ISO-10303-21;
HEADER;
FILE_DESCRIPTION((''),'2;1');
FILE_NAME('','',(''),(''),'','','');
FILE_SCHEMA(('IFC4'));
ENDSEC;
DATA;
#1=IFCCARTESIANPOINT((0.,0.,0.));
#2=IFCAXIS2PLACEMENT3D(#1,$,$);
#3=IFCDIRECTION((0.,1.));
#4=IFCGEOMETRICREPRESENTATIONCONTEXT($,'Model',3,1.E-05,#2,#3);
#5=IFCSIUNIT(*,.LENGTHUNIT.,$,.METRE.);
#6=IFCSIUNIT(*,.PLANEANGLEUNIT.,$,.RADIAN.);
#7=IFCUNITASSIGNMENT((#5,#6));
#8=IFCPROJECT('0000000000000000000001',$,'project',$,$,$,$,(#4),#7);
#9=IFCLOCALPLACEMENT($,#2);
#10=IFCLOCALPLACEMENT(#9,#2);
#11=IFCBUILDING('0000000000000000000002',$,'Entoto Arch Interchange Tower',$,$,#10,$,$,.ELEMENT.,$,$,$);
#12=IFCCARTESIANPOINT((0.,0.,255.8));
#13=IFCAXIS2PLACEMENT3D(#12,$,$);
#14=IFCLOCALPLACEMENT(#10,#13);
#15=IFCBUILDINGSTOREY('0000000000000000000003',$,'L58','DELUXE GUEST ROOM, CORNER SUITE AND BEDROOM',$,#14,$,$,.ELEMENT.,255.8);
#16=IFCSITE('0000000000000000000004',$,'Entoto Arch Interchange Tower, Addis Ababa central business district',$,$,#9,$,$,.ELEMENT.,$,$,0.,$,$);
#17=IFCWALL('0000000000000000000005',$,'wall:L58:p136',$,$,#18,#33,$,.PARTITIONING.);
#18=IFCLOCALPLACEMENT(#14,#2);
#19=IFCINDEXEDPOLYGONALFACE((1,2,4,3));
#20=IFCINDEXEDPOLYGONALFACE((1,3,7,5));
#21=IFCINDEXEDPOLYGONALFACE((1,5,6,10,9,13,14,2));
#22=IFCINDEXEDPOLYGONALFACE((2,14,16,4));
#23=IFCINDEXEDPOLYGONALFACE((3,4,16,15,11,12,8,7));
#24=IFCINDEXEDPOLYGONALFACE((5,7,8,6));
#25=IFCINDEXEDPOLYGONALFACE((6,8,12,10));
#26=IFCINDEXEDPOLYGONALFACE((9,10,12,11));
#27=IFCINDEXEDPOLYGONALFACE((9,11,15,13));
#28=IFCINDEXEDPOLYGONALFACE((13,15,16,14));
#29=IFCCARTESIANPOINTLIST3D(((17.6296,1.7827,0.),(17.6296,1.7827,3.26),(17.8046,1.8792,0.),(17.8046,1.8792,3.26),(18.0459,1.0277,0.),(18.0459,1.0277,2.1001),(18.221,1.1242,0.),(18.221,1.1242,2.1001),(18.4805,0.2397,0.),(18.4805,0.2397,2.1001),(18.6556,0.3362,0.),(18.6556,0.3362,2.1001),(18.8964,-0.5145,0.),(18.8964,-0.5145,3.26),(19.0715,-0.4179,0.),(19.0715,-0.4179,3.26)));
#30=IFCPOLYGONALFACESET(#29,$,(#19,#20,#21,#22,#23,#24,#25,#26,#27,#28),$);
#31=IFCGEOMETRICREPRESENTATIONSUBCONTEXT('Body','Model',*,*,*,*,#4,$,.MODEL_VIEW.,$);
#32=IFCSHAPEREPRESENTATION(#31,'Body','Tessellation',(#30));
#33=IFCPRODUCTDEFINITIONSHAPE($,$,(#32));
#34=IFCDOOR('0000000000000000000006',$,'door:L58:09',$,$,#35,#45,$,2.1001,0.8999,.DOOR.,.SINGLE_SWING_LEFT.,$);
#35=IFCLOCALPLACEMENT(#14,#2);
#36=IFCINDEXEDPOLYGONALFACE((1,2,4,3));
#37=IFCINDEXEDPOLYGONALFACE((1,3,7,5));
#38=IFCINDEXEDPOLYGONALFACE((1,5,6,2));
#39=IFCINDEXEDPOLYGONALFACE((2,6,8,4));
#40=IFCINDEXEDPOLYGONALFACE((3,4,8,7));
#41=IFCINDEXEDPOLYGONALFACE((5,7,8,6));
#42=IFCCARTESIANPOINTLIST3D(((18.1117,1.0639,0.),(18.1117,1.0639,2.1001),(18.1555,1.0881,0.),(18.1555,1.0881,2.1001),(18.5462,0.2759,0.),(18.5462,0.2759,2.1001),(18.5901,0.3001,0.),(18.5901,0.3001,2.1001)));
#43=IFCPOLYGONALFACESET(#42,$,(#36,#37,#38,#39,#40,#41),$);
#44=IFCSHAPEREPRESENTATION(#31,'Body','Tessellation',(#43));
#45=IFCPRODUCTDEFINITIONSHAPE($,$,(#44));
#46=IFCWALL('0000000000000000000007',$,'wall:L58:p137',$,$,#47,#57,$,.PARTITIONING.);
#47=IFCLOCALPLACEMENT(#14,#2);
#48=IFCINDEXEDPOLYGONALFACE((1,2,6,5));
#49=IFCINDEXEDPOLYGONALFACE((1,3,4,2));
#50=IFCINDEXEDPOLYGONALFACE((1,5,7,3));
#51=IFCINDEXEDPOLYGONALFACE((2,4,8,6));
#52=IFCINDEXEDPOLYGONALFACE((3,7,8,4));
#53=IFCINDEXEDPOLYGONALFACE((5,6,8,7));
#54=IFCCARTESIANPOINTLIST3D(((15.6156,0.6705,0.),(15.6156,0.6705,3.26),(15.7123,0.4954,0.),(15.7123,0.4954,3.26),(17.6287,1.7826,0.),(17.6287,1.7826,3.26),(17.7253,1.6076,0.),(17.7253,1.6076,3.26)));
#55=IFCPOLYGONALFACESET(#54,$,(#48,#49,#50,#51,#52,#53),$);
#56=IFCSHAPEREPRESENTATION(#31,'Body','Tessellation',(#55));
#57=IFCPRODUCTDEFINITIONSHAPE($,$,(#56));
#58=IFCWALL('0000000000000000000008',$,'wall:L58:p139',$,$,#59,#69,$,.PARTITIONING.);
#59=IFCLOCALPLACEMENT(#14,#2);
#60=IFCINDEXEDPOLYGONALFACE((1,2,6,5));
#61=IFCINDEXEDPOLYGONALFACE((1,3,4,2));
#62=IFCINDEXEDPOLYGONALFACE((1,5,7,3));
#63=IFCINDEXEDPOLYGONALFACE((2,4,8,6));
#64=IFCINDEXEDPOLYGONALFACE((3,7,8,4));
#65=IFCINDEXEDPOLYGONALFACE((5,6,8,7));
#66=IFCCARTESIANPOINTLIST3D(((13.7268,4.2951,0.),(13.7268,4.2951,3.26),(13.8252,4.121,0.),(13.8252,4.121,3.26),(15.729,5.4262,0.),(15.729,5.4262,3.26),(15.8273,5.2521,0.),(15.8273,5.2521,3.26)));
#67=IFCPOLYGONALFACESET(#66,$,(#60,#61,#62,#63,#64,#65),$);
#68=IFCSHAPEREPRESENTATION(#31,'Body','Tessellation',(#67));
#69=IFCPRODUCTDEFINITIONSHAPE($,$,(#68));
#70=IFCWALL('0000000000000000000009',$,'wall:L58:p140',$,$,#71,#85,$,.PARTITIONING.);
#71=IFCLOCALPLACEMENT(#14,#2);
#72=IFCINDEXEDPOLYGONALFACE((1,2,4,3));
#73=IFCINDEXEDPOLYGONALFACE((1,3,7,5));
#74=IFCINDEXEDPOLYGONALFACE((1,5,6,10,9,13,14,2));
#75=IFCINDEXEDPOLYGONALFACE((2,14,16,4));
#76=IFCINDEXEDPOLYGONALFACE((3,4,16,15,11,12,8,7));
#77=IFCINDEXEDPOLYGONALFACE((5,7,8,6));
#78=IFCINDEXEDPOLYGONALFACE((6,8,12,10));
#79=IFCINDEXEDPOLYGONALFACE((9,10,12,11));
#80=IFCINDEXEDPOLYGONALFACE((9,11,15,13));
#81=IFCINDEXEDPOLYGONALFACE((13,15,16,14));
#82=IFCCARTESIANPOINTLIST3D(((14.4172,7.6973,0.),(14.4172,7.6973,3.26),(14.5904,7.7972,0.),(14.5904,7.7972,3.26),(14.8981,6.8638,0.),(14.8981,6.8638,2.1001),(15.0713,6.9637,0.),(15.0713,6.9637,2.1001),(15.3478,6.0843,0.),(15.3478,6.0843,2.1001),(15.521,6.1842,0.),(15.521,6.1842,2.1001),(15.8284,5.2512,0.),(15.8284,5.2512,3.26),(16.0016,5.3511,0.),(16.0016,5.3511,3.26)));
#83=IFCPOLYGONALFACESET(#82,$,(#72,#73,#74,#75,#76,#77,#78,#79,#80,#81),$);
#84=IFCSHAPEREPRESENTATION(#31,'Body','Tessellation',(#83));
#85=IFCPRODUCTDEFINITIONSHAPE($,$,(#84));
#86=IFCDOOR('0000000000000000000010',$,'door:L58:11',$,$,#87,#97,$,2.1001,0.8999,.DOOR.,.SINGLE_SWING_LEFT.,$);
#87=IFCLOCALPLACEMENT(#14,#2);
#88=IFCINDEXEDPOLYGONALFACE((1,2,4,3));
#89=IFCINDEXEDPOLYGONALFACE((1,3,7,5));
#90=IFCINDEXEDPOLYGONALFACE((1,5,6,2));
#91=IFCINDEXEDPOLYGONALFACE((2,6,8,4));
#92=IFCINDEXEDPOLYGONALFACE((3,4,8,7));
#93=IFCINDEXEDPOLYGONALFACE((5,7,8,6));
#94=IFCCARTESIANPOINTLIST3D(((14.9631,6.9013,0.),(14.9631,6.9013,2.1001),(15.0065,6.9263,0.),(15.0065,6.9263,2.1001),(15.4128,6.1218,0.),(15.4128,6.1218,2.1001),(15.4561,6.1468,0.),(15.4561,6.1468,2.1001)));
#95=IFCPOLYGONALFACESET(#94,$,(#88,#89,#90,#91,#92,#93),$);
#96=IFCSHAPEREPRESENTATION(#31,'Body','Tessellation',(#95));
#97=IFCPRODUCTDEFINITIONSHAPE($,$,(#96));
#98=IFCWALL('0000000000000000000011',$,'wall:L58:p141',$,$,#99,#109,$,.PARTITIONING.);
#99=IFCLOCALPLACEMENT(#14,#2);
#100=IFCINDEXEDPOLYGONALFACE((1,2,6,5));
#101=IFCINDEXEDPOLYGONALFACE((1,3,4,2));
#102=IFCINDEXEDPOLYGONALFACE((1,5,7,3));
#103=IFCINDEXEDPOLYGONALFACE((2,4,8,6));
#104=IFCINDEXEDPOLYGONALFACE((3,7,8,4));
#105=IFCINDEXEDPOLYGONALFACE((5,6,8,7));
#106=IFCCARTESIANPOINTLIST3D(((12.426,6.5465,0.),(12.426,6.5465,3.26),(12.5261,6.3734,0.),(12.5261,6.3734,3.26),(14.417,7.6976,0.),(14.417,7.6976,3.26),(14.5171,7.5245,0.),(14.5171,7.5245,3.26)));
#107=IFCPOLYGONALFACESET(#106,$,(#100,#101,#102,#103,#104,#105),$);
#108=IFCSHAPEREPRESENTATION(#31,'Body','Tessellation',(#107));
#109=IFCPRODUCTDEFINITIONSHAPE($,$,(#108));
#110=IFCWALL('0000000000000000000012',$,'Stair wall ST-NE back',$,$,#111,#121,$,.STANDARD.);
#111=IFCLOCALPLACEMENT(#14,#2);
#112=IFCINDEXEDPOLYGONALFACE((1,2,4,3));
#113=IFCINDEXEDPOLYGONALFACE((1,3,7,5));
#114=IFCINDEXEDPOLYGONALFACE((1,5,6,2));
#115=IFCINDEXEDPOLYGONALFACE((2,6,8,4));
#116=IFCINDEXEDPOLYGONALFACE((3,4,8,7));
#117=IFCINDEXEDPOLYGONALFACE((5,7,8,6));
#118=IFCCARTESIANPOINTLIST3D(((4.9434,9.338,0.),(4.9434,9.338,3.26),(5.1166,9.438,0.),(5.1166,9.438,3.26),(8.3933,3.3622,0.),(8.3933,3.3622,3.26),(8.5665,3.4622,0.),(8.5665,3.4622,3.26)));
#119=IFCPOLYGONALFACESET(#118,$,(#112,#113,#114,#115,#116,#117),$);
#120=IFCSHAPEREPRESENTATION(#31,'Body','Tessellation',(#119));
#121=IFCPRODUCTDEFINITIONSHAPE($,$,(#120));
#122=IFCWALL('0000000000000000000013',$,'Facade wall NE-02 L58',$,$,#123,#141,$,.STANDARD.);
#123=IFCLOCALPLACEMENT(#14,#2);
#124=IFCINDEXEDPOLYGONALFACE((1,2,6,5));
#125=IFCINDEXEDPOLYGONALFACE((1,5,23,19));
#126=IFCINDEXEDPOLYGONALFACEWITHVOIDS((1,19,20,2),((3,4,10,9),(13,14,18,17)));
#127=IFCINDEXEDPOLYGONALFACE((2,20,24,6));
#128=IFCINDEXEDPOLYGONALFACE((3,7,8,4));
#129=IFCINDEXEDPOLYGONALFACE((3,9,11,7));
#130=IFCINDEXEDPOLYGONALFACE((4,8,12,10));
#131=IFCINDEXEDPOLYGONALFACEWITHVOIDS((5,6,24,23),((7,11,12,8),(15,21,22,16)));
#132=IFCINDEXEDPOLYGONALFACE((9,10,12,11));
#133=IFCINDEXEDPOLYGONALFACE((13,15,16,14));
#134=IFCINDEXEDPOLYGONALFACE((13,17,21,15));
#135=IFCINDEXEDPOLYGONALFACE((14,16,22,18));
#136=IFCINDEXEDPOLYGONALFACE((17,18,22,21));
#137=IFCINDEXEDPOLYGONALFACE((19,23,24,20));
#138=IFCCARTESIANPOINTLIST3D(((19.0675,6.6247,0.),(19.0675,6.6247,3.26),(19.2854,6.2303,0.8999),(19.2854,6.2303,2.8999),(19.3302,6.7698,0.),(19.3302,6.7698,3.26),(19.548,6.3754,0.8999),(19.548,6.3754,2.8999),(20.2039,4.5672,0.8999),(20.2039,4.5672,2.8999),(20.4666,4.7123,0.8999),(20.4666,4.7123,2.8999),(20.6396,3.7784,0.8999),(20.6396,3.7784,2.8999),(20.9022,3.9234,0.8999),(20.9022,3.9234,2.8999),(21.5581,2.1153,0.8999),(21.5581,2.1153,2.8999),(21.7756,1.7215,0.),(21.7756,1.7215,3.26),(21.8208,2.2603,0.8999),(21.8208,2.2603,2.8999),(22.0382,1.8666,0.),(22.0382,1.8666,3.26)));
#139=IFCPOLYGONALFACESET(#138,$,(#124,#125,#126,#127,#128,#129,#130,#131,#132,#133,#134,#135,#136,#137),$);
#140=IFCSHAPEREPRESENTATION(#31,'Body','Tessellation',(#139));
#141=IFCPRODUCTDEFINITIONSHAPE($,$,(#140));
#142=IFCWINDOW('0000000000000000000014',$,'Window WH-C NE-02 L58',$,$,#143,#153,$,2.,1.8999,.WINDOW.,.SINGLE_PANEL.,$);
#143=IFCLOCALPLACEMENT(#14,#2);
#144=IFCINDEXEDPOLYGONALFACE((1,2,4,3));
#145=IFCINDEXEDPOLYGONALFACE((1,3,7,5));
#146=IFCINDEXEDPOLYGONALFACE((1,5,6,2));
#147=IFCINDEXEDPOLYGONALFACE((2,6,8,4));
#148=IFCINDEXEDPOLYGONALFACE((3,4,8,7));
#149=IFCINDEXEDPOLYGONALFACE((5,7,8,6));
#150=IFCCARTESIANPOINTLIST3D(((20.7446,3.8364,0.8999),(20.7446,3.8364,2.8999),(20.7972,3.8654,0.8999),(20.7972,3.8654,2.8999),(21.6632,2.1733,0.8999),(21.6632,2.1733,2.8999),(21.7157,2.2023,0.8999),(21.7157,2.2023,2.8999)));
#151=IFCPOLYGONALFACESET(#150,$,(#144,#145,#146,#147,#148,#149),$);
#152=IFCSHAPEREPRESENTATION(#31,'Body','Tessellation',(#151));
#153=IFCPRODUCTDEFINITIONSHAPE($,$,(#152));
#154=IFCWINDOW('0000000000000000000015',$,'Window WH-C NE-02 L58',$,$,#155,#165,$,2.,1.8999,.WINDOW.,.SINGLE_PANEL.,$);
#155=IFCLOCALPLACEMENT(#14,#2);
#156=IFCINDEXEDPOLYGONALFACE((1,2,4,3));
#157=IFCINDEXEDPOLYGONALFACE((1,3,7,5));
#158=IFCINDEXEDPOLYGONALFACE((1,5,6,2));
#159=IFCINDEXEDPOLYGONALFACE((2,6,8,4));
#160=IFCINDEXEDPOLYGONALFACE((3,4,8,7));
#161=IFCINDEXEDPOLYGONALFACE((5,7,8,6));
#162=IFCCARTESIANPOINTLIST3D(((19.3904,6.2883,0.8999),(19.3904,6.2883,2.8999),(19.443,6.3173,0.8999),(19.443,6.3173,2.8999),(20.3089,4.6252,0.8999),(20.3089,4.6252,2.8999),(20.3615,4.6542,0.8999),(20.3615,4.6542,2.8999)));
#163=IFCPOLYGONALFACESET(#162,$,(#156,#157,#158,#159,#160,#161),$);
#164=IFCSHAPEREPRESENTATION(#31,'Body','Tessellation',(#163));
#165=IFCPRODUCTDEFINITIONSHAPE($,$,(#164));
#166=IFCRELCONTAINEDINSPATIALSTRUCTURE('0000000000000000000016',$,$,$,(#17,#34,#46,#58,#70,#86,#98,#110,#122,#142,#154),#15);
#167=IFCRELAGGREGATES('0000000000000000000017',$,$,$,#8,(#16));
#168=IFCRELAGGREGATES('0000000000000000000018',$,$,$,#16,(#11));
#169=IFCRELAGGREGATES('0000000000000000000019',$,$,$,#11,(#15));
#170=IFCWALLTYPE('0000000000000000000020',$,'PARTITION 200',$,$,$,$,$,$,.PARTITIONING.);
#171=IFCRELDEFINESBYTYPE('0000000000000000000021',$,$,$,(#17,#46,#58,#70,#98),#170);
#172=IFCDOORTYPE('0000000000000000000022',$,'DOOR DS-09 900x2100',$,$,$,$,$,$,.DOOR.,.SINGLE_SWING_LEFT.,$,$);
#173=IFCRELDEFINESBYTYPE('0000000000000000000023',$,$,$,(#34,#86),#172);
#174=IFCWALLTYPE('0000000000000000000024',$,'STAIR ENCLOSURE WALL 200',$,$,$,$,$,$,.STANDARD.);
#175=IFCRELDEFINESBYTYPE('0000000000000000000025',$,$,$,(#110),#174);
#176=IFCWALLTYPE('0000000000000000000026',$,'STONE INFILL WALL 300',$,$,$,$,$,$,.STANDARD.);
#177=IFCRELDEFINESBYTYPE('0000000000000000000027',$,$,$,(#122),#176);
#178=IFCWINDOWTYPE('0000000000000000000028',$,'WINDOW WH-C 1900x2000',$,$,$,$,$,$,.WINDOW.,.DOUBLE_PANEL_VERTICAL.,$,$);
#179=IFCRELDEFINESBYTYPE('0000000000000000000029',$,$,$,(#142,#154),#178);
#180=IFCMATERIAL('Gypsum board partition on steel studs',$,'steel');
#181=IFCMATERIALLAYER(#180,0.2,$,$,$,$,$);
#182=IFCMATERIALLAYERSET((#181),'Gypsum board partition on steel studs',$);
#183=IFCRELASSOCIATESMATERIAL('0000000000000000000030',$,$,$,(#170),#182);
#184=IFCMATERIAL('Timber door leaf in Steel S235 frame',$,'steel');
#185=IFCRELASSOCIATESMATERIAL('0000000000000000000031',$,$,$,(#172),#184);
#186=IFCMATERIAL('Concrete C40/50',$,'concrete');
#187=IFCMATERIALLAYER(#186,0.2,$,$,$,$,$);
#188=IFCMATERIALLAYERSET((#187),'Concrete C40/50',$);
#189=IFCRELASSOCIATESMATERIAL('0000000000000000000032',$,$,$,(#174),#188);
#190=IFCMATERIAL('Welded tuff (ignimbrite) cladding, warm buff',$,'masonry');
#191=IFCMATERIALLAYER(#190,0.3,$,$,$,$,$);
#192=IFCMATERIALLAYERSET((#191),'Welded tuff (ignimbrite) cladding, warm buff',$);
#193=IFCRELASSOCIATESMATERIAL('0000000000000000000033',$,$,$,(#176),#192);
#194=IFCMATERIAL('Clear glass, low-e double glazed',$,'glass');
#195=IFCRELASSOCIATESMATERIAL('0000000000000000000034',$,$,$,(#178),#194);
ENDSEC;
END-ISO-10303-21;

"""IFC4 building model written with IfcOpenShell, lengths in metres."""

from ifc_helpers import new_model, si_unit, direction, frame, frame_2d, origin, place, context, subcontext, project, spatial, rectangle, extrude, material, layer, layer_set, type_object, element, fill, save


model = new_model("IFC4")

# Units and contexts
model_context = context("Model", 3, precision=1e-05, world=origin(), true_north=direction((0.0, 1.0)))
body_context = subcontext(model_context, "Body", "Model", "MODEL_VIEW")
ifc_project = project(units=[si_unit("LENGTHUNIT", "METRE"), si_unit("PLANEANGLEUNIT", "RADIAN")], contexts=[model_context])

# Site, building, storey
site_placement = place(None, origin())
site = spatial("IfcSite", under=ifc_project, at=site_placement, Name="Entoto Arch Interchange Tower, Addis Ababa central business district", CompositionType="ELEMENT", RefElevation=0.0)
building_placement = place(site_placement, origin())
building = spatial("IfcBuilding", under=site, at=building_placement, Name="Entoto Arch Interchange Tower", CompositionType="ELEMENT")
storey_placement = place(building_placement, frame((0.0, 0.0, 255.8)))
storey = spatial("IfcBuildingStorey", under=building, at=storey_placement, Name="L58", Description="DELUXE GUEST ROOM, CORNER SUITE AND BEDROOM", CompositionType="ELEMENT", Elevation=255.8)

# Shared definitions
ifc_material_1 = material(Name="Concrete C40/50", Category="concrete")

# Shared definitions
ifc_material_2 = material(Name="Gypsum board partition on steel studs", Category="steel")

# Shared definitions
ifc_layer_1 = layer(ifc_material_2, 0.2)
ifc_layer_set_1 = layer_set([ifc_layer_1], Name="Gypsum board partition on steel studs")
wall_type_1 = type_object("IfcWallType", Name="PARTITION 200", PredefinedType="PARTITIONING", material=ifc_layer_set_1)
ifc_material_3 = material(Name="Timber door leaf in Steel S235 frame", Category="steel")

# Wall, opening, door
wall_1_placement = place(storey_placement, frame((18.9839, -0.4661, 0.0), z_axis=(0.0, 0.0, 1.0), x_axis=(-0.482922, 0.875663, 0.0)))
wall_1 = element("IfcWall", 1, at=wall_1_placement, inside=storey, type_object=wall_type_1, Name="wall:L58:p136", PredefinedType="PARTITIONING", context=body_context, shape_type="SweptSolid", body=[
    extrude(rectangle(XDim=2.6233, YDim=0.2, at=frame_2d((1.3115, 0.0))), origin(), (0.0, 0.0, 1.0), 3.26),
])
opening_1_placement = place(wall_1_placement, frame((0.8611, 0.0, 0.0)))
opening_1 = element("IfcOpeningElement", 2, at=opening_1_placement, cuts=wall_1, PredefinedType="OPENING", context=body_context, shape_type="SweptSolid", body=[
    extrude(rectangle(XDim=0.8999, YDim=2.1001, at=frame_2d((0.45, 1.05))), frame((0.0, 0.1099, 0.0), z_axis=(0.0, -1.0, 0.0), x_axis=(1.0, 0.0, 0.0)), (0.0, 0.0, 1.0), 0.22),
])
door_type_1 = type_object("IfcDoorType", Name="DOOR DS-09 900x2100", OperationType="SINGLE_SWING_LEFT", PredefinedType="DOOR", material=ifc_material_3)
door_1_placement = place(opening_1_placement, origin())
door_1 = element("IfcDoor", 3, at=door_1_placement, inside=storey, type_object=door_type_1, Name="door:L58:09", OperationType="SINGLE_SWING_LEFT", OverallHeight=2.1001, OverallWidth=0.8999, PredefinedType="DOOR", context=body_context, shape_type="SweptSolid", body=[
    extrude(rectangle(XDim=0.8999, YDim=2.1001, at=frame_2d((0.45, 1.05))), frame((0.0, 0.0249, 0.0), z_axis=(0.0, -1.0, 0.0), x_axis=(1.0, 0.0, 0.0)), (0.0, 0.0, 1.0), 0.05),
])
fill(opening_1, door_1)

# Walls
wall_2_placement = place(storey_placement, frame((17.677, 1.6951, 0.0), z_axis=(0.0, 0.0, 1.0), x_axis=(-0.875307, -0.483568, 0.0)))
element("IfcWall", 4, at=wall_2_placement, inside=storey, type_object=wall_type_1, Name="wall:L58:p137", PredefinedType="PARTITIONING", context=body_context, shape_type="SweptSolid", body=[
    extrude(rectangle(XDim=2.2998, YDim=0.2, at=frame_2d((1.1499, 0.0))), origin(), (0.0, 0.0, 1.0), 3.26),
])
wall_3_placement = place(storey_placement, frame((13.7759, 4.208, 0.0), z_axis=(0.0, 0.0, 1.0), x_axis=(0.87067, 0.491868, 0.0)))
element("IfcWall", 5, at=wall_3_placement, inside=storey, type_object=wall_type_1, Name="wall:L58:p139", PredefinedType="PARTITIONING", context=body_context, shape_type="SweptSolid", body=[
    extrude(rectangle(XDim=2.2996, YDim=0.2, at=frame_2d((1.1499, 0.0))), origin(), (0.0, 0.0, 1.0), 3.26),
])

# Wall, opening, door
wall_4_placement = place(storey_placement, frame((15.915, 5.301, 0.0), z_axis=(0.0, 0.0, 1.0), x_axis=(-0.49971, 0.866193, 0.0)))
wall_4 = element("IfcWall", 6, at=wall_4_placement, inside=storey, type_object=wall_type_1, Name="wall:L58:p140", PredefinedType="PARTITIONING", context=body_context, shape_type="SweptSolid", body=[
    extrude(rectangle(XDim=2.824, YDim=0.2, at=frame_2d((1.4121, 0.0))), origin(), (0.0, 0.0, 1.0), 3.26),
])
opening_2_placement = place(wall_4_placement, frame((0.9619, 0.0, 0.0)))
opening_2 = element("IfcOpeningElement", 7, at=opening_2_placement, cuts=wall_4, PredefinedType="OPENING", context=body_context, shape_type="SweptSolid", body=[
    extrude(rectangle(XDim=0.8999, YDim=2.1001, at=frame_2d((0.45, 1.05))), frame((0.0, 0.1099, 0.0), z_axis=(0.0, -1.0, 0.0), x_axis=(1.0, 0.0, 0.0)), (0.0, 0.0, 1.0), 0.22),
])
door_2_placement = place(opening_2_placement, origin())
door_2 = element("IfcDoor", 8, at=door_2_placement, inside=storey, type_object=door_type_1, Name="door:L58:11", OperationType="SINGLE_SWING_LEFT", OverallHeight=2.1001, OverallWidth=0.8999, PredefinedType="DOOR", context=body_context, shape_type="SweptSolid", body=[
    extrude(rectangle(XDim=0.8999, YDim=2.1001, at=frame_2d((0.45, 1.05))), frame((0.0, 0.0249, 0.0), z_axis=(0.0, -1.0, 0.0), x_axis=(1.0, 0.0, 0.0)), (0.0, 0.0, 1.0), 0.05),
])
fill(opening_2, door_2)

# Walls
wall_5_placement = place(storey_placement, frame((14.467, 7.6111, 0.0), z_axis=(0.0, 0.0, 1.0), x_axis=(-0.865717, -0.500534, 0.0)))
element("IfcWall", 9, at=wall_5_placement, inside=storey, type_object=wall_type_1, Name="wall:L58:p141", PredefinedType="PARTITIONING", context=body_context, shape_type="SweptSolid", body=[
    extrude(rectangle(XDim=2.2998, YDim=0.2, at=frame_2d((1.1499, 0.0))), origin(), (0.0, 0.0, 1.0), 3.26),
])
ifc_layer_2 = layer(ifc_material_1, 0.2)
ifc_layer_set_2 = layer_set([ifc_layer_2], Name="Concrete C40/50")
wall_type_2 = type_object("IfcWallType", Name="STAIR ENCLOSURE WALL 200", PredefinedType="STANDARD", material=ifc_layer_set_2)
wall_6_placement = place(storey_placement, frame((8.48, 3.4121, 0.0), z_axis=(0.0, 0.0, 1.0), x_axis=(-0.499979, 0.866038, 0.0)))
element("IfcWall", 10, at=wall_6_placement, inside=storey, type_object=wall_type_2, Name="Stair wall ST-NE back", PredefinedType="STANDARD", context=body_context, shape_type="SweptSolid", body=[
    extrude(rectangle(XDim=6.9001, YDim=0.2, at=frame_2d((3.4502, 0.0))), origin(), (0.0, 0.0, 1.0), 3.26),
])

# Wall, openings, windows
ifc_material_4 = material(Name="Welded tuff (ignimbrite) cladding, warm buff", Category="masonry")
ifc_layer_3 = layer(ifc_material_4, 0.3)
ifc_layer_set_3 = layer_set([ifc_layer_3], Name="Welded tuff (ignimbrite) cladding, warm buff")
wall_type_3 = type_object("IfcWallType", Name="STONE INFILL WALL 300", PredefinedType="STANDARD", material=ifc_layer_set_3)
wall_7_placement = place(storey_placement, frame((21.907, 1.7939, 0.0), z_axis=(0.0, 0.0, 1.0), x_axis=(-0.483469, 0.875361, 0.0)))
wall_7 = element("IfcWall", 11, at=wall_7_placement, inside=storey, type_object=wall_type_3, Name="Facade wall NE-02 L58", PredefinedType="STANDARD", context=body_context, shape_type="SweptSolid", body=[
    extrude(rectangle(XDim=5.6013, YDim=0.3, at=frame_2d((2.8008, 0.0))), origin(), (0.0, 0.0, 1.0), 3.26),
])
opening_3_placement = place(wall_7_placement, frame((0.45, 0.0, 0.8999)))
opening_3 = element("IfcOpeningElement", 12, at=opening_3_placement, cuts=wall_7, PredefinedType="OPENING", context=body_context, shape_type="SweptSolid", body=[
    extrude(rectangle(XDim=1.8999, YDim=2.0, at=frame_2d((0.95, 1.0))), frame((0.0, 0.1602, 0.0), z_axis=(0.0, -1.0, 0.0), x_axis=(1.0, 0.0, 0.0)), (0.0, 0.0, 1.0), 0.3201),
])
opening_4_placement = place(wall_7_placement, frame((3.251, 0.0, 0.8999)))
opening_4 = element("IfcOpeningElement", 13, at=opening_4_placement, cuts=wall_7, PredefinedType="OPENING", context=body_context, shape_type="SweptSolid", body=[
    extrude(rectangle(XDim=1.8999, YDim=2.0, at=frame_2d((0.95, 1.0))), frame((0.0, 0.1602, 0.0), z_axis=(0.0, -1.0, 0.0), x_axis=(1.0, 0.0, 0.0)), (0.0, 0.0, 1.0), 0.3201),
])
ifc_material_5 = material(Name="Clear glass, low-e double glazed", Category="glass")
window_type = type_object("IfcWindowType", Name="WINDOW WH-C 1900x2000", PartitioningType="DOUBLE_PANEL_VERTICAL", PredefinedType="WINDOW", material=ifc_material_5)
window_1_placement = place(opening_3_placement, origin())
window_1 = element("IfcWindow", 14, at=window_1_placement, inside=storey, type_object=window_type, Name="Window WH-C NE-02 L58", OverallHeight=2.0, OverallWidth=1.8999, PartitioningType="SINGLE_PANEL", PredefinedType="WINDOW", context=body_context, shape_type="SweptSolid", body=[
    extrude(rectangle(XDim=1.8999, YDim=2.0, at=frame_2d((0.95, 1.0))), frame((0.0, 0.03, 0.0), z_axis=(0.0, -1.0, 0.0), x_axis=(1.0, 0.0, 0.0)), (0.0, 0.0, 1.0), 0.0601),
])
fill(opening_3, window_1)
window_2_placement = place(opening_4_placement, origin())
window_2 = element("IfcWindow", 15, at=window_2_placement, inside=storey, type_object=window_type, Name="Window WH-C NE-02 L58", OverallHeight=2.0, OverallWidth=1.8999, PartitioningType="SINGLE_PANEL", PredefinedType="WINDOW", context=body_context, shape_type="SweptSolid", body=[
    extrude(rectangle(XDim=1.8999, YDim=2.0, at=frame_2d((0.95, 1.0))), frame((0.0, 0.03, 0.0), z_axis=(0.0, -1.0, 0.0), x_axis=(1.0, 0.0, 0.0)), (0.0, 0.0, 1.0), 0.0601),
])
fill(opening_4, window_2)

save(model, "model.ifc")
